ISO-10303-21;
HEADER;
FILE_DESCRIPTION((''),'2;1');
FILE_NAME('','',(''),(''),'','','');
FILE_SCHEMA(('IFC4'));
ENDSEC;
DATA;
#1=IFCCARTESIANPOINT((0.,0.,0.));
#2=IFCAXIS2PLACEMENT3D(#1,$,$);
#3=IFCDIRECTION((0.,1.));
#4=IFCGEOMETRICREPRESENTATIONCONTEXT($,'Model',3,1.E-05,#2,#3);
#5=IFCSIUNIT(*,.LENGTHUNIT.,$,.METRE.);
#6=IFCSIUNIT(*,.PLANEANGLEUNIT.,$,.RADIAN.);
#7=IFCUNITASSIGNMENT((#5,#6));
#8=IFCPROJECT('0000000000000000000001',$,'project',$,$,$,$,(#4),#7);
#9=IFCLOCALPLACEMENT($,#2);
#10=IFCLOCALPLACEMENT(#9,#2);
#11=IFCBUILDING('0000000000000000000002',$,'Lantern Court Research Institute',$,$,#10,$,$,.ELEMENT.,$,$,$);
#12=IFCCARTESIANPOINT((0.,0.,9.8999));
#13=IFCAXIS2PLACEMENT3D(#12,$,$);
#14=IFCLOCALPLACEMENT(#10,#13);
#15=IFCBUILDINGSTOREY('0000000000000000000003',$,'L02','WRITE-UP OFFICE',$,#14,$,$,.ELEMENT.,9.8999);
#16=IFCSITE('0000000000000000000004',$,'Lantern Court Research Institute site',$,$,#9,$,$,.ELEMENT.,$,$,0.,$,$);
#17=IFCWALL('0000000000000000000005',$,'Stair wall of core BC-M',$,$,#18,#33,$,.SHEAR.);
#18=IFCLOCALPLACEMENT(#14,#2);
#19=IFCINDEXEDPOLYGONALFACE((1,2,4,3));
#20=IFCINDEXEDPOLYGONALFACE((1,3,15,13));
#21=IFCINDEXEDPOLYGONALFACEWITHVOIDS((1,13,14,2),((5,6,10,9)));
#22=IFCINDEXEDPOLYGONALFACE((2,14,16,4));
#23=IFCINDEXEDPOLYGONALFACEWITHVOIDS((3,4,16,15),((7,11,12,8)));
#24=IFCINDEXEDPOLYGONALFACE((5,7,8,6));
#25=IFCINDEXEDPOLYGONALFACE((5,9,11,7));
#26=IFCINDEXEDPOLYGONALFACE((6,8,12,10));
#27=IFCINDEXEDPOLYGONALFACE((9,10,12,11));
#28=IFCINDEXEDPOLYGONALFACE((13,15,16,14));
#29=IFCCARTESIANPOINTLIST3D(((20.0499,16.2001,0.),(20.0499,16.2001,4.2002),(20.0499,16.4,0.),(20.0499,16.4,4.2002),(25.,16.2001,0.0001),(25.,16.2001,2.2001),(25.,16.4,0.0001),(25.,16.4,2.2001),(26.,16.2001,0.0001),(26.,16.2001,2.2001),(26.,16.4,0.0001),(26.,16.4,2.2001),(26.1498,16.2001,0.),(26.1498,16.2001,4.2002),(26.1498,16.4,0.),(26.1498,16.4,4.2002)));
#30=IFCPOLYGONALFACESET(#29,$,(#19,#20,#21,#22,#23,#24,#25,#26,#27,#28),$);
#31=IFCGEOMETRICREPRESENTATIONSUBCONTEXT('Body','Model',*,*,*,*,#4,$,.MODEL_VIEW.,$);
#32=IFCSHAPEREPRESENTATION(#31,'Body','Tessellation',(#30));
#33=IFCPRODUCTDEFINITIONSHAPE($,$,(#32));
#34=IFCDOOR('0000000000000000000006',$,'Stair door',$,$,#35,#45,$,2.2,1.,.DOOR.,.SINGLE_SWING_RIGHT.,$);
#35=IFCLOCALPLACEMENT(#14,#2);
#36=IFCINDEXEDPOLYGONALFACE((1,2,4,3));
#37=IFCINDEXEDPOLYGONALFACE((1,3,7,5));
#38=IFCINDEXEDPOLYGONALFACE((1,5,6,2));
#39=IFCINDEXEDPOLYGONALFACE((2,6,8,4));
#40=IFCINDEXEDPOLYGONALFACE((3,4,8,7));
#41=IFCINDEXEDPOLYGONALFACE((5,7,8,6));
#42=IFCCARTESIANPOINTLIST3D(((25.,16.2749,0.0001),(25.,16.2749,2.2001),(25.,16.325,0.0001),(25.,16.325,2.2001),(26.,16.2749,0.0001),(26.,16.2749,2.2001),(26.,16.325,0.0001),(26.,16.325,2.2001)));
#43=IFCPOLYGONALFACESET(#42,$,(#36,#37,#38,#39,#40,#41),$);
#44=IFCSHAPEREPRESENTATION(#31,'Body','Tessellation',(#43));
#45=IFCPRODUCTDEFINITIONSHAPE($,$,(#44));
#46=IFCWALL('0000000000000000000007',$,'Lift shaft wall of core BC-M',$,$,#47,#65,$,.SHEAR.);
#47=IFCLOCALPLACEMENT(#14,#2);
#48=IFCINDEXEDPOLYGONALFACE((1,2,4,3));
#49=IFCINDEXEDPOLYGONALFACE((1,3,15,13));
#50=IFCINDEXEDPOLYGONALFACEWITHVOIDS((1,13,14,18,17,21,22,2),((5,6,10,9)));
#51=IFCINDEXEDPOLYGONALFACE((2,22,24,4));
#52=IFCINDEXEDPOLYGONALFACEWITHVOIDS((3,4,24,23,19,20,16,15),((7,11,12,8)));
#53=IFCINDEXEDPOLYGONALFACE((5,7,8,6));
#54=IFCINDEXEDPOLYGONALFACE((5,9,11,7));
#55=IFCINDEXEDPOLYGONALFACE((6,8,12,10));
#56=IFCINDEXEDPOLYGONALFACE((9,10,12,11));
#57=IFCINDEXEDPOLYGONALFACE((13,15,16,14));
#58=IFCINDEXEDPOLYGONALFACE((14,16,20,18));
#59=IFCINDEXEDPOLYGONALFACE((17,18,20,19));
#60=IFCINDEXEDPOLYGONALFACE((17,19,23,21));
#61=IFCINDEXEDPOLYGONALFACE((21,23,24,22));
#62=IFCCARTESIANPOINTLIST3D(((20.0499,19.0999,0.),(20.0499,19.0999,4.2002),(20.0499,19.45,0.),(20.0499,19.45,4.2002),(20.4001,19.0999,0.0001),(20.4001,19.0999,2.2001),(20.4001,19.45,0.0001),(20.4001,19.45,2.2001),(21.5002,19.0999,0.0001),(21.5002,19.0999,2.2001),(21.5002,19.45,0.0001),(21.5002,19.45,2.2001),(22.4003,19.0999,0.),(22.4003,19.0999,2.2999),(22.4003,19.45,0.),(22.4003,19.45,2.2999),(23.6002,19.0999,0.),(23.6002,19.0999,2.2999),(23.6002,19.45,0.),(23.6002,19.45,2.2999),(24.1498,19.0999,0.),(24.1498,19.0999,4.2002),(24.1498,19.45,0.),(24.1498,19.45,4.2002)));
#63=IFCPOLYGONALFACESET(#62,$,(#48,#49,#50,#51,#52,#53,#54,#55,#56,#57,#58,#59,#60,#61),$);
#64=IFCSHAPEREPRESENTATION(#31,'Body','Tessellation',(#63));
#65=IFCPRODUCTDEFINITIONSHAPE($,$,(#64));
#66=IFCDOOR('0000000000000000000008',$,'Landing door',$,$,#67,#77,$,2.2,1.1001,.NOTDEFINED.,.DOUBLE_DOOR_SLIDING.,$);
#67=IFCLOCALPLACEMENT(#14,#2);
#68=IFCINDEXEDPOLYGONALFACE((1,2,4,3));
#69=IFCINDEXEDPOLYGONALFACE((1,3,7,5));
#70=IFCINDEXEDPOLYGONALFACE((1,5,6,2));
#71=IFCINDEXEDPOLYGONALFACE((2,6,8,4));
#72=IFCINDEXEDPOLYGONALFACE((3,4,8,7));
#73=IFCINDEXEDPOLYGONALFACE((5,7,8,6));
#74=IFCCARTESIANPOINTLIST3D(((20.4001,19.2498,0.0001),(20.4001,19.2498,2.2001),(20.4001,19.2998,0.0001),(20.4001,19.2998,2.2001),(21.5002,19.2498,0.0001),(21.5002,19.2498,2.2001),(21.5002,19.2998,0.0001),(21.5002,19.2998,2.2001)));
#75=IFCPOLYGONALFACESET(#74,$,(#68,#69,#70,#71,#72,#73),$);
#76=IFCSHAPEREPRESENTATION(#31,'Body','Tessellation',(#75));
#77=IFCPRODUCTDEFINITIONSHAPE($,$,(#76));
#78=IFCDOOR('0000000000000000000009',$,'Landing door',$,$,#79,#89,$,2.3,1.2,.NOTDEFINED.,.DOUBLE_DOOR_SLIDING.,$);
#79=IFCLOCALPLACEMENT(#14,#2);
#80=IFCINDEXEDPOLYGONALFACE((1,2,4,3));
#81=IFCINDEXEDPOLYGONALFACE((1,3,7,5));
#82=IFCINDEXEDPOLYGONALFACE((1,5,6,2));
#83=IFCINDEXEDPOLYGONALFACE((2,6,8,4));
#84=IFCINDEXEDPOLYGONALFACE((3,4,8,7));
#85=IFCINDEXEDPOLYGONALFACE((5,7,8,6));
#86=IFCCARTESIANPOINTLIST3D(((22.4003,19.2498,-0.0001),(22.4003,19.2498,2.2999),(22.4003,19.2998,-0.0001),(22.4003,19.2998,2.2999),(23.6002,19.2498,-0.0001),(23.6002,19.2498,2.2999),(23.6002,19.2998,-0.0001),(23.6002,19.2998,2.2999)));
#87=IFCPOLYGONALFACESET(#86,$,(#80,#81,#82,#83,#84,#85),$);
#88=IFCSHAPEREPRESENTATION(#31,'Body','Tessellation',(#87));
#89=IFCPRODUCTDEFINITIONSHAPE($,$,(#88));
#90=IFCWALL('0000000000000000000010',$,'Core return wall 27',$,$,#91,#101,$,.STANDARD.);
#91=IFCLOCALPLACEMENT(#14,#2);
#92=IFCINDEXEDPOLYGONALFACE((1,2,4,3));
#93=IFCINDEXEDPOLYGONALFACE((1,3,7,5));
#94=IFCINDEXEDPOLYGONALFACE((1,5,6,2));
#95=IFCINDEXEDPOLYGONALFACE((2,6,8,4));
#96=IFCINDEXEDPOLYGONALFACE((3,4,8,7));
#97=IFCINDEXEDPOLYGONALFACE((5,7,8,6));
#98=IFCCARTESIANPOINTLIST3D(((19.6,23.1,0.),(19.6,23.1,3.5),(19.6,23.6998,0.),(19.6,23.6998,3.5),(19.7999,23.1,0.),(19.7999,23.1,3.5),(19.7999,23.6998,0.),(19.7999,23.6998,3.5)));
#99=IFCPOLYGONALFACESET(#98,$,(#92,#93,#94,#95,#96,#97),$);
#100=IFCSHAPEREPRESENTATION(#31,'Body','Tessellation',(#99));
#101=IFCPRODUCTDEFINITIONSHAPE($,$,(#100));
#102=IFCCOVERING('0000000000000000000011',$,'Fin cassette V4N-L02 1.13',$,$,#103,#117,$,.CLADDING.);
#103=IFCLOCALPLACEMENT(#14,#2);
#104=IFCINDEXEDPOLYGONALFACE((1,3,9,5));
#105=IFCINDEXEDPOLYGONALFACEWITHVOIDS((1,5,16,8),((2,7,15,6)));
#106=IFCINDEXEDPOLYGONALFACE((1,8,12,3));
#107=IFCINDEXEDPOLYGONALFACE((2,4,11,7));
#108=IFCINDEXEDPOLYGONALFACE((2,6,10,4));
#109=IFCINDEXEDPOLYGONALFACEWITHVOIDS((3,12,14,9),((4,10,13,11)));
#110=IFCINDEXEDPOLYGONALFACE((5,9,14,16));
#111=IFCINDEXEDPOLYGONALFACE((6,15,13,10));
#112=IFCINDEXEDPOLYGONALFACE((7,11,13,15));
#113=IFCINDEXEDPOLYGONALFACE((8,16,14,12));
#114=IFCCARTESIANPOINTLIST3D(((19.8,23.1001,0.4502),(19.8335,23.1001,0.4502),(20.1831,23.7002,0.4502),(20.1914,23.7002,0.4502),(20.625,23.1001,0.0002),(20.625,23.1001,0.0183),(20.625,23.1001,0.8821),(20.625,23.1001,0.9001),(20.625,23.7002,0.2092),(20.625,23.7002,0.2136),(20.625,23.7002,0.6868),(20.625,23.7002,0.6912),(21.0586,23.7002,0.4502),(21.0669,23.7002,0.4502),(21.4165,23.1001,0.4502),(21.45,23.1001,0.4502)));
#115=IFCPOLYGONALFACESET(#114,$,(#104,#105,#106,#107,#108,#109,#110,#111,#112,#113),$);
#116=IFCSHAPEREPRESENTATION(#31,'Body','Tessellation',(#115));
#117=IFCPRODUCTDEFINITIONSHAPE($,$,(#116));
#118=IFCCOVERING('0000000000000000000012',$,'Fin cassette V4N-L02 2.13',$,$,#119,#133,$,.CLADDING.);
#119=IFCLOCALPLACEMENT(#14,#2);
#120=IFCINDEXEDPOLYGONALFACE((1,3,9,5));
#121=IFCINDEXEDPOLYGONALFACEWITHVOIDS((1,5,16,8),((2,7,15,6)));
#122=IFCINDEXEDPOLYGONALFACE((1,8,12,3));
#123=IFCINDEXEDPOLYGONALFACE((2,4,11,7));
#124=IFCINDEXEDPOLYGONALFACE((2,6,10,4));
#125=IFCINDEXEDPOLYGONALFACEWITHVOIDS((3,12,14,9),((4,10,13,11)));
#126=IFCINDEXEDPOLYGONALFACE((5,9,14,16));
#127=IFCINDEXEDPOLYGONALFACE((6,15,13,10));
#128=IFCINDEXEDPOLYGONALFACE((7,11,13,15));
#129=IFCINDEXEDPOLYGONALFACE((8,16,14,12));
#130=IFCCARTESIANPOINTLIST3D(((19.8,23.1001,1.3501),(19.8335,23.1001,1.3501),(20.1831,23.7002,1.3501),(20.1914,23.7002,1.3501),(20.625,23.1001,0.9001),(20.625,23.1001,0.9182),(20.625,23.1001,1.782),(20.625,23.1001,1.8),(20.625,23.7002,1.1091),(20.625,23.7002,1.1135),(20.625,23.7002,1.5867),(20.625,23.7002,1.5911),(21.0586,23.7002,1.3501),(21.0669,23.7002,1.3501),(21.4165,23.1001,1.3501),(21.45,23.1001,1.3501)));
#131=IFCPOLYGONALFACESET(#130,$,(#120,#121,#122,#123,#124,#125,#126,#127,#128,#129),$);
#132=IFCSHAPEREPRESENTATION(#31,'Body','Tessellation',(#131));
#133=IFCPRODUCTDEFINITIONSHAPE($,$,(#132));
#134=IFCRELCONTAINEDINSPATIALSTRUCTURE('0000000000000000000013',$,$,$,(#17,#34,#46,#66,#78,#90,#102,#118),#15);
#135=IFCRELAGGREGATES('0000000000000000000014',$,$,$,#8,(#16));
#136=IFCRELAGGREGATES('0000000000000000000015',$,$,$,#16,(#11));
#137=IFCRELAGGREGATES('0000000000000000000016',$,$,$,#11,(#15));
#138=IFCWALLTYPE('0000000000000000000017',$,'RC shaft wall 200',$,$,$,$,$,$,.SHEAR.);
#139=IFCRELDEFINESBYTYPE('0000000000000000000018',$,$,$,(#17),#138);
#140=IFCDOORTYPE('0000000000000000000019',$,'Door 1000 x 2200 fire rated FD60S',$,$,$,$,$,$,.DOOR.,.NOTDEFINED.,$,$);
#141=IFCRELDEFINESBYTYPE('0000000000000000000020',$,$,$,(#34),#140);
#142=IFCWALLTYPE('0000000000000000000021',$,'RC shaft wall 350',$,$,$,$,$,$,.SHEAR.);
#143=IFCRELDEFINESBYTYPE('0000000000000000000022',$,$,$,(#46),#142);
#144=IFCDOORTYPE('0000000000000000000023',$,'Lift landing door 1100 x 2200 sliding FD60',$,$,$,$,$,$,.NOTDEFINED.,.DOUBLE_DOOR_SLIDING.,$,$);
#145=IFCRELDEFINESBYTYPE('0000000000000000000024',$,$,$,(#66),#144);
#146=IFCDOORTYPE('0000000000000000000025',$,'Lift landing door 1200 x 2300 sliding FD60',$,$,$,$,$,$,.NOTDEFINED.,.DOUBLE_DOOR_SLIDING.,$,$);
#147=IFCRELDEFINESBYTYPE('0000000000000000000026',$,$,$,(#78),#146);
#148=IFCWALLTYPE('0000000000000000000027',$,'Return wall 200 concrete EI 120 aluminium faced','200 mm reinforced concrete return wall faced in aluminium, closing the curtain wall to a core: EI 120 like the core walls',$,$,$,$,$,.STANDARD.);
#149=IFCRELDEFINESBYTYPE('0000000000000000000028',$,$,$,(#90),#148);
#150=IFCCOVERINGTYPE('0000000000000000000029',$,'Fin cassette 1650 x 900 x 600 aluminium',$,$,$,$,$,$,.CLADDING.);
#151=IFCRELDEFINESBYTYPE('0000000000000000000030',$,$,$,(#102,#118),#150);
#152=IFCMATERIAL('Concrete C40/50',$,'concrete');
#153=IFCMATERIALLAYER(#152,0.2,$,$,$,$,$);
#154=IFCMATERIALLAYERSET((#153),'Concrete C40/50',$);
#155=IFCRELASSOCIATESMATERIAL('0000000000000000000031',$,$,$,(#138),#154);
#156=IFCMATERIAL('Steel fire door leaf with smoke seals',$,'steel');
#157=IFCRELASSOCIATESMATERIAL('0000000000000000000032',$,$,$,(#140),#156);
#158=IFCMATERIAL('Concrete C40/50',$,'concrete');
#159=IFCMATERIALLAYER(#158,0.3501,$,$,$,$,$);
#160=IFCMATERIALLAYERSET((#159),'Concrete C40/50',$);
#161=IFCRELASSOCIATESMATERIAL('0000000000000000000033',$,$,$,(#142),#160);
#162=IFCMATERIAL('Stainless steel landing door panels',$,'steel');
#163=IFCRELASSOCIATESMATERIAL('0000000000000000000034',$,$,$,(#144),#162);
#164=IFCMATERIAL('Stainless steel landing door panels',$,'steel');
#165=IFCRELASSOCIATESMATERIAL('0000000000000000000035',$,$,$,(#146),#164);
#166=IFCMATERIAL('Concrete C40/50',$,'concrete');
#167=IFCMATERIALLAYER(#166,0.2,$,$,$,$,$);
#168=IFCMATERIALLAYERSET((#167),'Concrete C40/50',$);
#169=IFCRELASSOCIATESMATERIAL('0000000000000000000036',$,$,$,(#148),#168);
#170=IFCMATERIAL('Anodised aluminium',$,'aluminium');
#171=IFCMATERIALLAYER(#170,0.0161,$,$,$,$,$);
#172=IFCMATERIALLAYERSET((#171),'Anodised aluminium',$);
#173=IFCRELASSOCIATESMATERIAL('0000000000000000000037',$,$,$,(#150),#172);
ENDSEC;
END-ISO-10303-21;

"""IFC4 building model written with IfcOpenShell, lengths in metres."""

from ifc_helpers import new_model, entity, si_unit, direction, frame, frame_2d, origin, place, context, subcontext, project, spatial, rectangle, extrude, material, layer, layer_set, type_object, element, fill, save


model = new_model("IFC4")

# Units and contexts
model_context = context("Model", 3, precision=1e-05, world=origin(), true_north=direction((0.0, 1.0)))
body_context = subcontext(model_context, "Body", "Model", "MODEL_VIEW")
ifc_project = project(units=[si_unit("LENGTHUNIT", "METRE"), si_unit("PLANEANGLEUNIT", "RADIAN")], contexts=[model_context])

# Site, building, storey
site_placement = place(None, origin())
site = spatial("IfcSite", under=ifc_project, at=site_placement, Name="Lantern Court Research Institute site", CompositionType="ELEMENT", RefElevation=0.0)
building_placement = place(site_placement, origin())
building = spatial("IfcBuilding", under=site, at=building_placement, Name="Lantern Court Research Institute", CompositionType="ELEMENT")
storey_placement = place(building_placement, frame((0.0, 0.0, 9.8999)))
storey = spatial("IfcBuildingStorey", under=building, at=storey_placement, Name="L02", Description="WRITE-UP OFFICE", CompositionType="ELEMENT", Elevation=9.8999)

# Wall, opening, door
ifc_material_1 = material(Name="Concrete C40/50", Category="concrete")
ifc_layer_1 = layer(ifc_material_1, 0.2)
ifc_layer_set_1 = layer_set([ifc_layer_1], Name="Concrete C40/50")
wall_type_1 = type_object("IfcWallType", Name="RC shaft wall 200", PredefinedType="SHEAR", material=ifc_layer_set_1)
wall_1_placement = place(storey_placement, frame((20.05, 16.3, 0.0), z_axis=(0.0, 0.0, 1.0), x_axis=(1.0, 0.0, 0.0)))
wall_1 = element("IfcWall", 1, at=wall_1_placement, inside=storey, type_object=wall_type_1, Name="Stair wall of core BC-M", PredefinedType="SHEAR", context=body_context, shape_type="SweptSolid", body=[
    extrude(rectangle(XDim=6.0999, YDim=0.2, at=frame_2d((3.0498, 0.0))), origin(), (0.0, 0.0, 1.0), 4.2002),
])
opening_1_placement = place(wall_1_placement, frame((4.95, 0.0, 0.0)))
opening_1 = element("IfcOpeningElement", 2, at=opening_1_placement, cuts=wall_1, PredefinedType="OPENING", context=body_context, shape_type="SweptSolid", body=[
    extrude(rectangle(XDim=1.0, YDim=2.2, at=frame_2d((0.5, 1.1001))), frame((0.0, 0.1099, 0.0), z_axis=(0.0, -1.0, 0.0), x_axis=(1.0, 0.0, 0.0)), (0.0, 0.0, 1.0), 0.22),
])
ifc_material_2 = material(Name="Steel fire door leaf with smoke seals", Category="steel")
door_type_1 = type_object("IfcDoorType", Name="Door 1000 x 2200 fire rated FD60S", OperationType="NOTDEFINED", PredefinedType="DOOR", material=ifc_material_2)
door_1_placement = place(opening_1_placement, origin())
door_1 = element("IfcDoor", 3, at=door_1_placement, inside=storey, type_object=door_type_1, Name="Stair door", OperationType="SINGLE_SWING_RIGHT", OverallHeight=2.2, OverallWidth=1.0, PredefinedType="DOOR", context=body_context, shape_type="SweptSolid", body=[
    extrude(rectangle(XDim=1.0, YDim=2.2, at=frame_2d((0.5, 1.1001))), frame((0.0, 0.0249, 0.0), z_axis=(0.0, -1.0, 0.0), x_axis=(1.0, 0.0, 0.0)), (0.0, 0.0, 1.0), 0.05),
])
fill(opening_1, door_1)

# Wall, openings, doors
ifc_material_3 = material(Name="Concrete C40/50", Category="concrete")
ifc_layer_2 = layer(ifc_material_3, 0.3501)
ifc_layer_set_2 = layer_set([ifc_layer_2], Name="Concrete C40/50")
wall_type_2 = type_object("IfcWallType", Name="RC shaft wall 350", PredefinedType="SHEAR", material=ifc_layer_set_2)
wall_2_placement = place(storey_placement, frame((20.05, 19.2749, 0.0), z_axis=(0.0, 0.0, 1.0), x_axis=(1.0, 0.0, 0.0)))
wall_2 = element("IfcWall", 4, at=wall_2_placement, inside=storey, type_object=wall_type_2, Name="Lift shaft wall of core BC-M", PredefinedType="SHEAR", context=body_context, shape_type="SweptSolid", body=[
    extrude(rectangle(XDim=4.0999, YDim=0.3501, at=frame_2d((2.0498, 0.0))), origin(), (0.0, 0.0, 1.0), 4.2002),
])
opening_2_placement = place(wall_2_placement, frame((0.3501, 0.0, 0.0)))
opening_2 = element("IfcOpeningElement", 5, at=opening_2_placement, cuts=wall_2, PredefinedType="OPENING", context=body_context, shape_type="SweptSolid", body=[
    extrude(rectangle(XDim=1.1001, YDim=2.2, at=frame_2d((0.55, 1.1001))), frame((0.0, 0.1851, 0.0), z_axis=(0.0, -1.0, 0.0), x_axis=(1.0, 0.0, 0.0)), (0.0, 0.0, 1.0), 0.3701),
])
opening_3_placement = place(wall_2_placement, frame((2.3501, 0.0, 0.0)))
opening_3 = element("IfcOpeningElement", 6, at=opening_3_placement, cuts=wall_2, PredefinedType="OPENING", context=body_context, shape_type="SweptSolid", body=[
    extrude(rectangle(XDim=1.2, YDim=2.3, at=frame_2d((0.6001, 1.1499))), frame((0.0, 0.1851, 0.0), z_axis=(0.0, -1.0, 0.0), x_axis=(1.0, 0.0, 0.0)), (0.0, 0.0, 1.0), 0.3701),
])
ifc_material_4 = material(Name="Stainless steel landing door panels", Category="steel")
door_type_2 = type_object("IfcDoorType", Name="Lift landing door 1100 x 2200 sliding FD60", OperationType="DOUBLE_DOOR_SLIDING", PredefinedType="NOTDEFINED", material=ifc_material_4)
door_2_placement = place(opening_2_placement, origin())
door_2 = element("IfcDoor", 7, at=door_2_placement, inside=storey, type_object=door_type_2, Name="Landing door", OperationType="DOUBLE_DOOR_SLIDING", OverallHeight=2.2, OverallWidth=1.1001, PredefinedType="NOTDEFINED", context=body_context, shape_type="SweptSolid", body=[
    extrude(rectangle(XDim=1.1001, YDim=2.2, at=frame_2d((0.55, 1.1001))), frame((0.0, 0.0249, 0.0), z_axis=(0.0, -1.0, 0.0), x_axis=(1.0, 0.0, 0.0)), (0.0, 0.0, 1.0), 0.05),
])
fill(opening_2, door_2)
ifc_material_5 = material(Name="Stainless steel landing door panels", Category="steel")
door_type_3 = type_object("IfcDoorType", Name="Lift landing door 1200 x 2300 sliding FD60", OperationType="DOUBLE_DOOR_SLIDING", PredefinedType="NOTDEFINED", material=ifc_material_5)
door_3_placement = place(opening_3_placement, origin())
door_3 = element("IfcDoor", 8, at=door_3_placement, inside=storey, type_object=door_type_3, Name="Landing door", OperationType="DOUBLE_DOOR_SLIDING", OverallHeight=2.3, OverallWidth=1.2, PredefinedType="NOTDEFINED", context=body_context, shape_type="SweptSolid", body=[
    extrude(rectangle(XDim=1.2, YDim=2.3, at=frame_2d((0.6001, 1.1499))), frame((0.0, 0.0249, 0.0), z_axis=(0.0, -1.0, 0.0), x_axis=(1.0, 0.0, 0.0)), (0.0, 0.0, 1.0), 0.05),
])
fill(opening_3, door_3)

# Wall
ifc_material_6 = material(Name="Concrete C40/50", Category="concrete")
ifc_layer_3 = layer(ifc_material_6, 0.2)
ifc_layer_set_3 = layer_set([ifc_layer_3], Name="Concrete C40/50")
wall_type_3 = type_object("IfcWallType", Name="Return wall 200 concrete EI 120 aluminium faced", Description="200 mm reinforced concrete return wall faced in aluminium, closing the curtain wall to a core: EI 120 like the core walls", PredefinedType="STANDARD", material=ifc_layer_set_3)
wall_3_placement = place(storey_placement, frame((19.7, 23.1001, 0.0), z_axis=(0.0, 0.0, 1.0), x_axis=(0.0, 1.0, 0.0)))
element("IfcWall", 9, at=wall_3_placement, inside=storey, type_object=wall_type_3, Name="Core return wall 27", PredefinedType="STANDARD", context=body_context, shape_type="SweptSolid", body=[
    extrude(rectangle(XDim=0.5999, YDim=0.2, at=frame_2d((0.2998, 0.0))), origin(), (0.0, 0.0, 1.0), 3.5),
])

# Coverings
ifc_material_7 = material(Name="Anodised aluminium", Category="aluminium")
ifc_layer_4 = layer(ifc_material_7, 0.0161)
ifc_layer_set_4 = layer_set([ifc_layer_4], Name="Anodised aluminium")
covering_type = type_object("IfcCoveringType", Name="Fin cassette 1650 x 900 x 600 aluminium", PredefinedType="CLADDING", material=ifc_layer_set_4)
covering_1_placement = place(storey_placement, frame((20.625, 23.1001, 0.4502), z_axis=(0.0, 1.0, 0.0), x_axis=(-1.0, 0.0, 0.0)))
cartesian_point_1 = entity("IfcCartesianPoint", [0.825, 0.0])
cartesian_point_2 = entity("IfcCartesianPoint", [0.7915, 0.0])
cartesian_point_3 = entity("IfcCartesianPoint", [0.4419, 0.0])
cartesian_point_4 = entity("IfcCartesianPoint", [0.4336, 0.0])
element("IfcCovering", 10, at=covering_1_placement, inside=storey, type_object=covering_type, Name="Fin cassette V4N-L02 1.13", PredefinedType="CLADDING", context=body_context, shape_type="SweptSolid", body=[
    entity("IfcExtrudedAreaSolidTapered", entity("IfcArbitraryProfileDefWithVoids", "AREA", None, entity("IfcPolyline", [cartesian_point_1, entity("IfcCartesianPoint", [0.0, 0.45]), entity("IfcCartesianPoint", [-0.825, 0.0]), entity("IfcCartesianPoint", [0.0, -0.45]), cartesian_point_1]), [entity("IfcPolyline", [cartesian_point_2, entity("IfcCartesianPoint", [0.0, 0.4319]), entity("IfcCartesianPoint", [-0.7915, 0.0]), entity("IfcCartesianPoint", [0.0, -0.4319]), cartesian_point_2])]), entity("IfcAxis2Placement3D", entity("IfcCartesianPoint", [0.0, 0.0, 0.0])), entity("IfcDirection", [0.0, 0.0, 1.0]), 0.6001, entity("IfcArbitraryProfileDefWithVoids", "AREA", None, entity("IfcPolyline", [cartesian_point_3, entity("IfcCartesianPoint", [0.0, 0.241]), entity("IfcCartesianPoint", [-0.4419, 0.0]), entity("IfcCartesianPoint", [0.0, -0.241]), cartesian_point_3]), [entity("IfcPolyline", [cartesian_point_4, entity("IfcCartesianPoint", [0.0, 0.2366]), entity("IfcCartesianPoint", [-0.4336, 0.0]), entity("IfcCartesianPoint", [0.0, -0.2366]), cartesian_point_4])])),
])
covering_2_placement = place(storey_placement, frame((20.625, 23.1001, 1.3501), z_axis=(0.0, 1.0, 0.0), x_axis=(-1.0, 0.0, 0.0)))
cartesian_point_5 = entity("IfcCartesianPoint", [0.825, 0.0])
cartesian_point_6 = entity("IfcCartesianPoint", [0.7915, 0.0])
cartesian_point_7 = entity("IfcCartesianPoint", [0.4419, 0.0])
cartesian_point_8 = entity("IfcCartesianPoint", [0.4336, 0.0])
element("IfcCovering", 11, at=covering_2_placement, inside=storey, type_object=covering_type, Name="Fin cassette V4N-L02 2.13", PredefinedType="CLADDING", context=body_context, shape_type="SweptSolid", body=[
    entity("IfcExtrudedAreaSolidTapered", entity("IfcArbitraryProfileDefWithVoids", "AREA", None, entity("IfcPolyline", [cartesian_point_5, entity("IfcCartesianPoint", [0.0, 0.45]), entity("IfcCartesianPoint", [-0.825, 0.0]), entity("IfcCartesianPoint", [0.0, -0.45]), cartesian_point_5]), [entity("IfcPolyline", [cartesian_point_6, entity("IfcCartesianPoint", [0.0, 0.4319]), entity("IfcCartesianPoint", [-0.7915, 0.0]), entity("IfcCartesianPoint", [0.0, -0.4319]), cartesian_point_6])]), entity("IfcAxis2Placement3D", entity("IfcCartesianPoint", [0.0, 0.0, 0.0])), entity("IfcDirection", [0.0, 0.0, 1.0]), 0.6001, entity("IfcArbitraryProfileDefWithVoids", "AREA", None, entity("IfcPolyline", [cartesian_point_7, entity("IfcCartesianPoint", [0.0, 0.241]), entity("IfcCartesianPoint", [-0.4419, 0.0]), entity("IfcCartesianPoint", [0.0, -0.241]), cartesian_point_7]), [entity("IfcPolyline", [cartesian_point_8, entity("IfcCartesianPoint", [0.0, 0.2366]), entity("IfcCartesianPoint", [-0.4336, 0.0]), entity("IfcCartesianPoint", [0.0, -0.2366]), cartesian_point_8])])),
])

save(model, "model.ifc")
